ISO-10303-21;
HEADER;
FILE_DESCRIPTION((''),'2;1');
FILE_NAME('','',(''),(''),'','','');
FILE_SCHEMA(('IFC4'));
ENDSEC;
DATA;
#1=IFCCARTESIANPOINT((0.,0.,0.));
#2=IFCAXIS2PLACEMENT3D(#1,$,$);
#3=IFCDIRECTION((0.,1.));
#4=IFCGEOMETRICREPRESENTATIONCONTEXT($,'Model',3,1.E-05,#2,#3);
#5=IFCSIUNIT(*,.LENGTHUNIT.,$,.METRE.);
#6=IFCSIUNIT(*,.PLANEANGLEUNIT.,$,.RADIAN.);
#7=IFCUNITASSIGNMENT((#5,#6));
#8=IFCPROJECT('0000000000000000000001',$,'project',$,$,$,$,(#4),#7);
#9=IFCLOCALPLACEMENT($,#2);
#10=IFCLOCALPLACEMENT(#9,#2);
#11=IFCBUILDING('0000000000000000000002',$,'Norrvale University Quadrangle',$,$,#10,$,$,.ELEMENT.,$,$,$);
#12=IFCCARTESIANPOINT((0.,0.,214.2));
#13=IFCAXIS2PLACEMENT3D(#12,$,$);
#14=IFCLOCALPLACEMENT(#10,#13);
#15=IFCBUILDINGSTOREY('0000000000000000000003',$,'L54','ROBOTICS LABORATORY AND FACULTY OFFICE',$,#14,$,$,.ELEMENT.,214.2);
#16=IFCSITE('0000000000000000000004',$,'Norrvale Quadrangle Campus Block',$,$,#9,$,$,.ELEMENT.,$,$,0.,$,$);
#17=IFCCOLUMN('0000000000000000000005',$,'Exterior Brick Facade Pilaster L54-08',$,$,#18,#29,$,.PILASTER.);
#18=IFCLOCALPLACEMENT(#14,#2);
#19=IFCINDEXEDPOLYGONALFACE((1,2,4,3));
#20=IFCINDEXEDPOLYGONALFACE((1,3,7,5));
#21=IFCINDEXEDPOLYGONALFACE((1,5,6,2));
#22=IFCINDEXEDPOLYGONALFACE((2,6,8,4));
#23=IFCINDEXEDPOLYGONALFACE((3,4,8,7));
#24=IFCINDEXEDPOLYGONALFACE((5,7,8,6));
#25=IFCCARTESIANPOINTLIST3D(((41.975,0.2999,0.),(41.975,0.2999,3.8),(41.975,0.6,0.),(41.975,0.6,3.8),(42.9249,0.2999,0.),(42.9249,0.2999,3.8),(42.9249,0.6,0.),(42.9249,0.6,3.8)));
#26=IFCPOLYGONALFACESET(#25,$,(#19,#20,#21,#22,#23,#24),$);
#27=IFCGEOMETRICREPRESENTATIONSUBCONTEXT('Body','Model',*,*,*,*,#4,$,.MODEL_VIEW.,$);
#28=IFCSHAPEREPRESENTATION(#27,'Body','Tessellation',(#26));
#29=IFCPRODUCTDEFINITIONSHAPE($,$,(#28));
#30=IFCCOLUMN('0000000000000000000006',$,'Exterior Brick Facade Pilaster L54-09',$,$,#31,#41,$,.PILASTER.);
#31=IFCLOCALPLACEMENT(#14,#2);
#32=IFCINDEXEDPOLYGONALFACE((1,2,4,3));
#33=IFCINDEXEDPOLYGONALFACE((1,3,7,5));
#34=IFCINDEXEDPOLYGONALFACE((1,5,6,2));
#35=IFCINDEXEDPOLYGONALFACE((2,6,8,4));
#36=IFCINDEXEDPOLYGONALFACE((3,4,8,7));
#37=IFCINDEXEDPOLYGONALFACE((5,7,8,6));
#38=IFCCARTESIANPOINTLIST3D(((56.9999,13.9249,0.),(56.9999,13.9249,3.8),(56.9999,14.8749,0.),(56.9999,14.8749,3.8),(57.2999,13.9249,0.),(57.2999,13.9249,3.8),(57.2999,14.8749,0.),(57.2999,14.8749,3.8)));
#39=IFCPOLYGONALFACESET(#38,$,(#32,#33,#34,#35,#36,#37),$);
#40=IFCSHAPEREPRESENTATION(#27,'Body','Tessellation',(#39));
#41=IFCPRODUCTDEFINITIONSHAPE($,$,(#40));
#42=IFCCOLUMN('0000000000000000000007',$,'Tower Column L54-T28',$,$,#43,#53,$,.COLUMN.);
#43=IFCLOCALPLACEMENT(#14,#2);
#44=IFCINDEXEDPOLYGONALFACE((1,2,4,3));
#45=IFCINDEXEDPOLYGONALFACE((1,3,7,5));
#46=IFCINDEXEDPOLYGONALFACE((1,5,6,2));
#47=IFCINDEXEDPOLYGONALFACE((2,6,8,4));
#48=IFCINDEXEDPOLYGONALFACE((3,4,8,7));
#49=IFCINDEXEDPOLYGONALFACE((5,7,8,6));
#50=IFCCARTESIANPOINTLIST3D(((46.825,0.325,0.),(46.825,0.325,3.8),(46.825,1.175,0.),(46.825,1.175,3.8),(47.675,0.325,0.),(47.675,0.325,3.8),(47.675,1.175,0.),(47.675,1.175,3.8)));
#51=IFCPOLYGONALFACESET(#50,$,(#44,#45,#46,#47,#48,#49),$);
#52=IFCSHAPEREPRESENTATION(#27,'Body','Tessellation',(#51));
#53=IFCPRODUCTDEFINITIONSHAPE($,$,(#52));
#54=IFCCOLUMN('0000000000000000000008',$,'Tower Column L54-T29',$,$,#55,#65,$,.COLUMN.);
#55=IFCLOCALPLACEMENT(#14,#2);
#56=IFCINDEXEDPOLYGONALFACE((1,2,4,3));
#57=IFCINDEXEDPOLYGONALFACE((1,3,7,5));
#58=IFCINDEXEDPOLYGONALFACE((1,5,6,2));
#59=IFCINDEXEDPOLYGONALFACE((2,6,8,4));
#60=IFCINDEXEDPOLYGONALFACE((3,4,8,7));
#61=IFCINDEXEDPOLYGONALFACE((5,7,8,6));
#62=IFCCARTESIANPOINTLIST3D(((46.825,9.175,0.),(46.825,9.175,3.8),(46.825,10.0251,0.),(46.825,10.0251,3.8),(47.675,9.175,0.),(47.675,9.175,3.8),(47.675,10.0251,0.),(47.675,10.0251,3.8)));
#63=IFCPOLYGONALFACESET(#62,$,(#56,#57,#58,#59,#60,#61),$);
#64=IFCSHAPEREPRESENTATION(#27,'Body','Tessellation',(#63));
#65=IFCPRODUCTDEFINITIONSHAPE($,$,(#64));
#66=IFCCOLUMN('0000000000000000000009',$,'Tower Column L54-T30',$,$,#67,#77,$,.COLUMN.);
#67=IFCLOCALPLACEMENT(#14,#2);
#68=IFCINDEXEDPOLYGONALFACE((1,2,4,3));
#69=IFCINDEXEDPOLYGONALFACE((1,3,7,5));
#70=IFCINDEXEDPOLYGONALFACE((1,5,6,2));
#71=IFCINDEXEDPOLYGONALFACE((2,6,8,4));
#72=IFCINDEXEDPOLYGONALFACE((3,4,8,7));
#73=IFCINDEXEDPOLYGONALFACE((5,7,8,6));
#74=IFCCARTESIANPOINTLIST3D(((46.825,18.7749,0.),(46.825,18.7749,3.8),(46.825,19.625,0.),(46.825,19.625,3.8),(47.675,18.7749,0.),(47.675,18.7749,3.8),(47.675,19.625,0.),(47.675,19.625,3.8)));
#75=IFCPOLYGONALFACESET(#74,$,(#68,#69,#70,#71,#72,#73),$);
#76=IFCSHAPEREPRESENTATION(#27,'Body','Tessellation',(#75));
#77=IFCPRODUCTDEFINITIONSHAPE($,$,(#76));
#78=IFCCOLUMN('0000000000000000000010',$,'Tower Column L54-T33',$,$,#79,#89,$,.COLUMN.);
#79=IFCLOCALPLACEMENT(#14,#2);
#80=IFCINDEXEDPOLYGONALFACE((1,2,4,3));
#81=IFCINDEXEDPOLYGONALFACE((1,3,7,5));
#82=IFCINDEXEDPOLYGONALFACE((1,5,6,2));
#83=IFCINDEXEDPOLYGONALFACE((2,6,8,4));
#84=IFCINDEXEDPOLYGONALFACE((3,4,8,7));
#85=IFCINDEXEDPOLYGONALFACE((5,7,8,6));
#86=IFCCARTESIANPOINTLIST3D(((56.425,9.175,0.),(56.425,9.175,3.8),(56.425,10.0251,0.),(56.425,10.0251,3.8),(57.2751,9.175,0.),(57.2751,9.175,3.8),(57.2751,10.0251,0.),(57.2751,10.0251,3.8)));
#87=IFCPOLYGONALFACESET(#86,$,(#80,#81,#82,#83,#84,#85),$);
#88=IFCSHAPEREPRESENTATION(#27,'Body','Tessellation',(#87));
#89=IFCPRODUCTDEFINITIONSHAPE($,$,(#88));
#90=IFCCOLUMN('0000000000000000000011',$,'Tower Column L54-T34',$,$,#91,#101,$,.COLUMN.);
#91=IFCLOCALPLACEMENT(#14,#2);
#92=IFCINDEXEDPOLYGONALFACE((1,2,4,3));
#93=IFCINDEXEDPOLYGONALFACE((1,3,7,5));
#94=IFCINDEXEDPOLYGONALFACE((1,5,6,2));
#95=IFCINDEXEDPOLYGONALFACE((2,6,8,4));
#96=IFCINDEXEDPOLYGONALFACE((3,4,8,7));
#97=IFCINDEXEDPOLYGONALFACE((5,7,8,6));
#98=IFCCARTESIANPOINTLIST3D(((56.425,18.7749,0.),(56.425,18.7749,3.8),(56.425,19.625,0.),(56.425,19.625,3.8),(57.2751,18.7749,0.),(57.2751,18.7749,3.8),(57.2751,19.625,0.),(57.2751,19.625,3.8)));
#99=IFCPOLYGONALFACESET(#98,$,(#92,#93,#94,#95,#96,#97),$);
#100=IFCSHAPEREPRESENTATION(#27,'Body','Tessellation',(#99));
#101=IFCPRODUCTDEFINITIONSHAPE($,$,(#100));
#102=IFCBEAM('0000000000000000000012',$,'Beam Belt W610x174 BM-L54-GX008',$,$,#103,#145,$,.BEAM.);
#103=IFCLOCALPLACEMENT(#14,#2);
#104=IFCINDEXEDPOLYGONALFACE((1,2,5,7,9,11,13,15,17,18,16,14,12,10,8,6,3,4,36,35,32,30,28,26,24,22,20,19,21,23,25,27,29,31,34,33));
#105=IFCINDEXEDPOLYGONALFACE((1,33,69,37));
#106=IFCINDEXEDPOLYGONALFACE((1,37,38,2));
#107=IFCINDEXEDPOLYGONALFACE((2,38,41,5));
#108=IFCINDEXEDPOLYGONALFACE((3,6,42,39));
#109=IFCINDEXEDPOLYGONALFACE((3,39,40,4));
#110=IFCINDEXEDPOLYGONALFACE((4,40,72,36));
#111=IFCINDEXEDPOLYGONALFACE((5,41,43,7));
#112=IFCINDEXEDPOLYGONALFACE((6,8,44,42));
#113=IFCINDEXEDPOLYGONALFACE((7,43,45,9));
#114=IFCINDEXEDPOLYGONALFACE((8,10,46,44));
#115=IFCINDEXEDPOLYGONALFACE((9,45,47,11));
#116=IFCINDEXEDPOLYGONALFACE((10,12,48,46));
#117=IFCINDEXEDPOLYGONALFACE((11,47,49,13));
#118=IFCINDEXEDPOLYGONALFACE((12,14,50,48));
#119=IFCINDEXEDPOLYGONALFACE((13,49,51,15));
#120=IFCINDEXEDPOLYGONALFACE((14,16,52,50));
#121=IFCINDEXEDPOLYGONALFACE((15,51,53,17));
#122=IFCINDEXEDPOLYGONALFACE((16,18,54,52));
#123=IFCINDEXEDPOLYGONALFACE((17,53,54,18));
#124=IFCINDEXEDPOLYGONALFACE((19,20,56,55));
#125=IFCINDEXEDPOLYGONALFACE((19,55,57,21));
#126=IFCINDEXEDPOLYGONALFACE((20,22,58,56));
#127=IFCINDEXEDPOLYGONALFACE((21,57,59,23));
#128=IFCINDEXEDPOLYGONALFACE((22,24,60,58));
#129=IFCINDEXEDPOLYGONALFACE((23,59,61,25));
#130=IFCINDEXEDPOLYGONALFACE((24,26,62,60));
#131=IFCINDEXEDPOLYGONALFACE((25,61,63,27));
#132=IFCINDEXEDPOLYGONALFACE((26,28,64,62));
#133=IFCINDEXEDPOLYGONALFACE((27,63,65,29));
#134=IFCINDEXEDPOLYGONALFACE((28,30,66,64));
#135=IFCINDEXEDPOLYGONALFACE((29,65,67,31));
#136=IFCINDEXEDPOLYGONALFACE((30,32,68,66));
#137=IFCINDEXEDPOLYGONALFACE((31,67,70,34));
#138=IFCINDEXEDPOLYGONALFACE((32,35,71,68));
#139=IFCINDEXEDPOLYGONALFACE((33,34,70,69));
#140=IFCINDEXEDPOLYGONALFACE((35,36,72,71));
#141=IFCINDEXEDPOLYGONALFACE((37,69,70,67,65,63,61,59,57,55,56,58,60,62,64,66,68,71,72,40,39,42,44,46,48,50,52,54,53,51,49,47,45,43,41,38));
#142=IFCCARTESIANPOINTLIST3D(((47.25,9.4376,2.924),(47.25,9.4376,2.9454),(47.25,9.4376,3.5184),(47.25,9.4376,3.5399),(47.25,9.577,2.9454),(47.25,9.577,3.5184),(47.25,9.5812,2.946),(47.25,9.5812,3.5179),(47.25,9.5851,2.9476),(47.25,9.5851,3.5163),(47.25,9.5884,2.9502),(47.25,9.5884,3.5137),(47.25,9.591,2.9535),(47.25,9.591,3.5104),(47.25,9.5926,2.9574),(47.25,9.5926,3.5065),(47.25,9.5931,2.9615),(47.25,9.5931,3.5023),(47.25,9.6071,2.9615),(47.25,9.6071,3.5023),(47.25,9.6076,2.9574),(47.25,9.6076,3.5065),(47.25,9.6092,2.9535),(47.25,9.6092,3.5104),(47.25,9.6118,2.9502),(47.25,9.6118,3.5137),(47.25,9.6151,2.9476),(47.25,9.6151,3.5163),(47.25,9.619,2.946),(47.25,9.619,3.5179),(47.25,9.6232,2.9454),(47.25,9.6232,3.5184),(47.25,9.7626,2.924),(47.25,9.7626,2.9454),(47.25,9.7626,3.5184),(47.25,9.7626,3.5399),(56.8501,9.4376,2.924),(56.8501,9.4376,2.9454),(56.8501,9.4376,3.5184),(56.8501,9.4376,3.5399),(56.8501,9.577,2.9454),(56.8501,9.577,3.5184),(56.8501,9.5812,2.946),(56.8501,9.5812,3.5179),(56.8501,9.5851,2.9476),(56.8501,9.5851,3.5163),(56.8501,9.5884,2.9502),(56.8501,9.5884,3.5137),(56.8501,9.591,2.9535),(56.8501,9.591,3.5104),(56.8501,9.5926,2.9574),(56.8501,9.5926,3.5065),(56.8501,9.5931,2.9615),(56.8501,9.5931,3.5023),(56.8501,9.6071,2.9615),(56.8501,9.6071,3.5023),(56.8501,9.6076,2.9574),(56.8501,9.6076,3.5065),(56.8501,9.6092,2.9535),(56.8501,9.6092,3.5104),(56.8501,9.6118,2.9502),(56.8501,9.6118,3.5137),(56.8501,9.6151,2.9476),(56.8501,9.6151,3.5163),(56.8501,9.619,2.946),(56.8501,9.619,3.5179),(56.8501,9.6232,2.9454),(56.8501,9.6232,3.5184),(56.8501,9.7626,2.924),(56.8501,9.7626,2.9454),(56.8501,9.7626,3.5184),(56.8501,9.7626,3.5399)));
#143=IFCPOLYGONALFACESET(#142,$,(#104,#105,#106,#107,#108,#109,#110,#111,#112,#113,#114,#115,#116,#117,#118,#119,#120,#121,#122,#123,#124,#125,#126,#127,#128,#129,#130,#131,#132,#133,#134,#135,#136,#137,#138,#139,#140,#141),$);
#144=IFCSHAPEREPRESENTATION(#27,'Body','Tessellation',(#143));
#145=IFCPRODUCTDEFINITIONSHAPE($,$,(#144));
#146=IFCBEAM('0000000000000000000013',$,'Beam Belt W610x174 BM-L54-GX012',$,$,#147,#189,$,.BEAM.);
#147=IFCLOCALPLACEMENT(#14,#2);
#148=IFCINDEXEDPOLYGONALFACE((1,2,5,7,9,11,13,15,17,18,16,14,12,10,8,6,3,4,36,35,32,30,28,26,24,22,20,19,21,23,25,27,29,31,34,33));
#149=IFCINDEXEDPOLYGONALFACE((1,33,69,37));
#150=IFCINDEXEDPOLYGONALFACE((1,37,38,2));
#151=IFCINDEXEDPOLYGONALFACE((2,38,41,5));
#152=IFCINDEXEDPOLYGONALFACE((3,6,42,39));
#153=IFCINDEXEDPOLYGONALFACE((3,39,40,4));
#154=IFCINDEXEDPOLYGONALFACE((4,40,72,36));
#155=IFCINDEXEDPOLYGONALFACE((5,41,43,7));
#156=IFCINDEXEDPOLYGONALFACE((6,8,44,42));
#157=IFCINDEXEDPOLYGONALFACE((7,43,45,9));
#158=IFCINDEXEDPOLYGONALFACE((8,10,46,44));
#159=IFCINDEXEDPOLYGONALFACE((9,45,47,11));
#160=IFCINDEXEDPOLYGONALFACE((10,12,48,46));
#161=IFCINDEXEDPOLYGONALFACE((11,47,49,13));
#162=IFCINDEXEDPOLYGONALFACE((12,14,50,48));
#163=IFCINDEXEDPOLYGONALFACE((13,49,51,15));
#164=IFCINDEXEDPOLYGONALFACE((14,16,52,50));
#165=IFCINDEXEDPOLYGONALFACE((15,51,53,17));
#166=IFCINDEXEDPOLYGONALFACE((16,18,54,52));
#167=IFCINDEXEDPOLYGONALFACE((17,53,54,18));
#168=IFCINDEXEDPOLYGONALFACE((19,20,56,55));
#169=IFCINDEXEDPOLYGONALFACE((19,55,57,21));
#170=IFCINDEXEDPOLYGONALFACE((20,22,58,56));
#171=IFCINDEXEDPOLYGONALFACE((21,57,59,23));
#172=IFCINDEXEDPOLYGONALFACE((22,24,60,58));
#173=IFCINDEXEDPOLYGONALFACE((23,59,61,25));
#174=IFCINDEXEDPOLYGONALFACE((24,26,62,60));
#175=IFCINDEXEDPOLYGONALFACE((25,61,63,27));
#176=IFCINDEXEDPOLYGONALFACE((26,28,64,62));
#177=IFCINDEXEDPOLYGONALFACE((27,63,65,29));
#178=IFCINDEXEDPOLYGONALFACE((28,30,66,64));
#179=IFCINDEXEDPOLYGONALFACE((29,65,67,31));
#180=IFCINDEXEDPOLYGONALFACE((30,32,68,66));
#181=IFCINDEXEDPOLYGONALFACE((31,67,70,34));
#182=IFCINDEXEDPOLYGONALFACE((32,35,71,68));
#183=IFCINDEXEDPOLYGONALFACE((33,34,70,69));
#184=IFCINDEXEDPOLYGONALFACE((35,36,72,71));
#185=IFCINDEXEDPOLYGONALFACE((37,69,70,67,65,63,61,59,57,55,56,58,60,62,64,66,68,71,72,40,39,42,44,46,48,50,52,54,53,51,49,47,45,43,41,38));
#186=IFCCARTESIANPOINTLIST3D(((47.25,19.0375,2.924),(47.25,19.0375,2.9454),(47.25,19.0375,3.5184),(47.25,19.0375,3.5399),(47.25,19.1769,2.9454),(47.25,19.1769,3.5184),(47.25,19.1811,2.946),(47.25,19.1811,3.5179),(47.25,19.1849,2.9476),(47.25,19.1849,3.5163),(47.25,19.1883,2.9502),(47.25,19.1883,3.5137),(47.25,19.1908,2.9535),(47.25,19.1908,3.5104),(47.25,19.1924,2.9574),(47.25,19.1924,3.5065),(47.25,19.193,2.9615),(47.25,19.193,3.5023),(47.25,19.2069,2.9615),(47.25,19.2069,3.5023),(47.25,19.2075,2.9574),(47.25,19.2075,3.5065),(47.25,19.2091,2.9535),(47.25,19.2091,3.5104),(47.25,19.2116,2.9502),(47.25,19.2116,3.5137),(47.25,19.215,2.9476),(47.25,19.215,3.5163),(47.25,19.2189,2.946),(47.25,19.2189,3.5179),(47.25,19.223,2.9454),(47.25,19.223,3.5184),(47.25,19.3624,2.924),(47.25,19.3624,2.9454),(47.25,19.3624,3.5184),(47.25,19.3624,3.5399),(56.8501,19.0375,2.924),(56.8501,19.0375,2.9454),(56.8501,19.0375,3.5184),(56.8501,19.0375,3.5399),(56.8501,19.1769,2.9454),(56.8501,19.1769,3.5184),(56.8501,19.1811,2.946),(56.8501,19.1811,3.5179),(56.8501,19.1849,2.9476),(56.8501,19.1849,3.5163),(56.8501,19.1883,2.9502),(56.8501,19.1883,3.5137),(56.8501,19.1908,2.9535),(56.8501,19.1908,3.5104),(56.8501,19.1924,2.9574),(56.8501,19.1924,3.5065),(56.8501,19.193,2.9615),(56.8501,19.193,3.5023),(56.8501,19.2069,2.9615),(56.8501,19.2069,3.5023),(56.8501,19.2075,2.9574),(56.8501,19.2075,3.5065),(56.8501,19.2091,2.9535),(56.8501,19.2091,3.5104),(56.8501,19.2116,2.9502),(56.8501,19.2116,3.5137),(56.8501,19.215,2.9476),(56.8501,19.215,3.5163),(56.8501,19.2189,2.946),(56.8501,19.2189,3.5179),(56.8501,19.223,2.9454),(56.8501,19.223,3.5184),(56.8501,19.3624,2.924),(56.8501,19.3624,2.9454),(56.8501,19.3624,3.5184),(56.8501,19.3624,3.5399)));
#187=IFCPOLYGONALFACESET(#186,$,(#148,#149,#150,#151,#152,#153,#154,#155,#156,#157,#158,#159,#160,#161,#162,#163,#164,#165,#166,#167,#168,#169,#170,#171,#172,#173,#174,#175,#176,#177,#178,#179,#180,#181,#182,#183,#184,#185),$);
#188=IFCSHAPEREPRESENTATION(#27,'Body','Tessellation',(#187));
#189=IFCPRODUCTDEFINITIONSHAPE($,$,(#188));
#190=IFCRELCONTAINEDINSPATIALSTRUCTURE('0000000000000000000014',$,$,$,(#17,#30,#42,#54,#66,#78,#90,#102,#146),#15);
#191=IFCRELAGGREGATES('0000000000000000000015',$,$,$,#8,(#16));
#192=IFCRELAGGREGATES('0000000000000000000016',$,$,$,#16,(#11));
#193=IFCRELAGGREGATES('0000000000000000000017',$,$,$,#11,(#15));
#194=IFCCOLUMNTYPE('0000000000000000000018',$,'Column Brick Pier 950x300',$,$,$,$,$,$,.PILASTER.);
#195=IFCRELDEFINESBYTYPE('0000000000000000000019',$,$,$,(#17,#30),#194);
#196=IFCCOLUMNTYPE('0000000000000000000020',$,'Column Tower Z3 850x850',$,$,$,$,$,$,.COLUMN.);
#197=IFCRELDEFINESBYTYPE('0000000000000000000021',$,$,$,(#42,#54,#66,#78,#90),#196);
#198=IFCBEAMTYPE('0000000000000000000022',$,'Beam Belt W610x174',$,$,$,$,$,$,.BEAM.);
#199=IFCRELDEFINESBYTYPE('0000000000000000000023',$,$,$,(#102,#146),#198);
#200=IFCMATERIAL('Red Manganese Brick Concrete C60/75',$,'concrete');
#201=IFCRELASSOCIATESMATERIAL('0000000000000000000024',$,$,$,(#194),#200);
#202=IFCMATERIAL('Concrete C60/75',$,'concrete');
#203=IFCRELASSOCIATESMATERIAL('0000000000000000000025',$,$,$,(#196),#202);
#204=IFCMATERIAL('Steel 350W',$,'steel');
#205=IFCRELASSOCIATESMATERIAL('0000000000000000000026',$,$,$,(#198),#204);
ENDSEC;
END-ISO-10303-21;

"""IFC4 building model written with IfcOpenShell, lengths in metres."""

from ifc_helpers import new_model, si_unit, direction, frame, origin, origin_2d, place, context, subcontext, project, spatial, rectangle, i_section, extrude, material, material_profile, profile_set, type_object, element, save


model = new_model("IFC4")

# Units and contexts
model_context = context("Model", 3, precision=1e-05, world=origin(), true_north=direction((0.0, 1.0)))
body_context = subcontext(model_context, "Body", "Model", "MODEL_VIEW")
ifc_project = project(units=[si_unit("LENGTHUNIT", "METRE"), si_unit("PLANEANGLEUNIT", "RADIAN")], contexts=[model_context])

# Site, building, storey
site_placement = place(None, origin())
site = spatial("IfcSite", under=ifc_project, at=site_placement, Name="Norrvale Quadrangle Campus Block", CompositionType="ELEMENT", RefElevation=0.0)
building_placement = place(site_placement, origin())
building = spatial("IfcBuilding", under=site, at=building_placement, Name="Norrvale University Quadrangle", CompositionType="ELEMENT")
storey_placement = place(building_placement, frame((0.0, 0.0, 214.2)))
storey = spatial("IfcBuildingStorey", under=building, at=storey_placement, Name="L54", Description="ROBOTICS LABORATORY AND FACULTY OFFICE", CompositionType="ELEMENT", Elevation=214.2)

# Columns
ifc_material_1 = material(Name="Red Manganese Brick Concrete C60/75", Category="concrete")
ifc_material_profile_1 = material_profile(ifc_material_1, rectangle(XDim=0.95, YDim=0.3, at=origin_2d()), Name="Red Manganese Brick Concrete C60/75")
ifc_profile_set_1 = profile_set([ifc_material_profile_1], Name="Red Manganese Brick Concrete C60/75")
column_type_1 = type_object("IfcColumnType", Name="Column Brick Pier 950x300", PredefinedType="PILASTER", material=ifc_profile_set_1)
for number, where, z_axis, x_axis, name in (
    (1, (42.45, 0.45, 0.0), (0.0, 0.0, 1.0), (1.0, 0.0, 0.0), "Exterior Brick Facade Pilaster L54-08"),
    (2, (57.1499, 14.3999, 0.0), (0.0, 0.0, 1.0), (0.0, 1.0, 0.0), "Exterior Brick Facade Pilaster L54-09"),
):
    element("IfcColumn", number, at=place(storey_placement, frame(where, z_axis=z_axis, x_axis=x_axis)), inside=storey, type_object=column_type_1, Name=name, PredefinedType="PILASTER", context=body_context, shape_type="SweptSolid", body=[
        extrude(rectangle(XDim=0.95, YDim=0.3, at=origin_2d()), origin(), (0.0, 0.0, 1.0), 3.8),
    ])
ifc_material_2 = material(Name="Concrete C60/75", Category="concrete")
ifc_material_profile_2 = material_profile(ifc_material_2, rectangle(XDim=0.8501, YDim=0.8501, at=origin_2d()), Name="Concrete C60/75")
ifc_profile_set_2 = profile_set([ifc_material_profile_2], Name="Concrete C60/75")
column_type_2 = type_object("IfcColumnType", Name="Column Tower Z3 850x850", PredefinedType="COLUMN", material=ifc_profile_set_2)
for number, where, z_axis, x_axis, name in (
    (3, (47.25, 0.75, 0.0), (0.0, 0.0, 1.0), (1.0, 0.0, 0.0), "Tower Column L54-T28"),
    (4, (47.25, 9.6001, 0.0), (0.0, 0.0, 1.0), (1.0, 0.0, 0.0), "Tower Column L54-T29"),
    (5, (47.25, 19.2, 0.0), (0.0, 0.0, 1.0), (1.0, 0.0, 0.0), "Tower Column L54-T30"),
    (6, (56.8501, 9.6001, 0.0), (0.0, 0.0, 1.0), (1.0, 0.0, 0.0), "Tower Column L54-T33"),
    (7, (56.8501, 19.2, 0.0), (0.0, 0.0, 1.0), (1.0, 0.0, 0.0), "Tower Column L54-T34"),
):
    element("IfcColumn", number, at=place(storey_placement, frame(where, z_axis=z_axis, x_axis=x_axis)), inside=storey, type_object=column_type_2, Name=name, PredefinedType="COLUMN", context=body_context, shape_type="SweptSolid", body=[
        extrude(rectangle(XDim=0.8501, YDim=0.8501, at=origin_2d()), origin(), (0.0, 0.0, 1.0), 3.8),
    ])

# Beams
ifc_material_3 = material(Name="Steel 350W", Category="steel")
ifc_material_profile_3 = material_profile(ifc_material_3, i_section(OverallWidth=0.325, OverallDepth=0.616, WebThickness=0.0139, FlangeThickness=0.0215, FilletRadius=0.0161, at=origin_2d()), Name="Steel 350W")
ifc_profile_set_3 = profile_set([ifc_material_profile_3], Name="Steel 350W")
beam_type_1 = type_object("IfcBeamType", Name="Beam Belt W610x174", PredefinedType="BEAM", material=ifc_profile_set_3)
for number, where, z_axis, x_axis, name in (
    (8, (47.25, 9.6001, 3.2319), (1.0, 0.0, 0.0), (0.0, 1.0, 0.0), "Beam Belt W610x174 BM-L54-GX008"),
    (9, (47.25, 19.2, 3.2319), (1.0, 0.0, 0.0), (0.0, 1.0, 0.0), "Beam Belt W610x174 BM-L54-GX012"),
):
    element("IfcBeam", number, at=place(storey_placement, frame(where, z_axis=z_axis, x_axis=x_axis)), inside=storey, type_object=beam_type_1, Name=name, PredefinedType="BEAM", context=body_context, shape_type="SweptSolid", body=[
        extrude(i_section(OverallWidth=0.325, OverallDepth=0.616, WebThickness=0.0139, FlangeThickness=0.0215, FilletRadius=0.0161, at=origin_2d()), origin(), (0.0, 0.0, 1.0), 9.6001),
    ])

save(model, "model.ifc")
